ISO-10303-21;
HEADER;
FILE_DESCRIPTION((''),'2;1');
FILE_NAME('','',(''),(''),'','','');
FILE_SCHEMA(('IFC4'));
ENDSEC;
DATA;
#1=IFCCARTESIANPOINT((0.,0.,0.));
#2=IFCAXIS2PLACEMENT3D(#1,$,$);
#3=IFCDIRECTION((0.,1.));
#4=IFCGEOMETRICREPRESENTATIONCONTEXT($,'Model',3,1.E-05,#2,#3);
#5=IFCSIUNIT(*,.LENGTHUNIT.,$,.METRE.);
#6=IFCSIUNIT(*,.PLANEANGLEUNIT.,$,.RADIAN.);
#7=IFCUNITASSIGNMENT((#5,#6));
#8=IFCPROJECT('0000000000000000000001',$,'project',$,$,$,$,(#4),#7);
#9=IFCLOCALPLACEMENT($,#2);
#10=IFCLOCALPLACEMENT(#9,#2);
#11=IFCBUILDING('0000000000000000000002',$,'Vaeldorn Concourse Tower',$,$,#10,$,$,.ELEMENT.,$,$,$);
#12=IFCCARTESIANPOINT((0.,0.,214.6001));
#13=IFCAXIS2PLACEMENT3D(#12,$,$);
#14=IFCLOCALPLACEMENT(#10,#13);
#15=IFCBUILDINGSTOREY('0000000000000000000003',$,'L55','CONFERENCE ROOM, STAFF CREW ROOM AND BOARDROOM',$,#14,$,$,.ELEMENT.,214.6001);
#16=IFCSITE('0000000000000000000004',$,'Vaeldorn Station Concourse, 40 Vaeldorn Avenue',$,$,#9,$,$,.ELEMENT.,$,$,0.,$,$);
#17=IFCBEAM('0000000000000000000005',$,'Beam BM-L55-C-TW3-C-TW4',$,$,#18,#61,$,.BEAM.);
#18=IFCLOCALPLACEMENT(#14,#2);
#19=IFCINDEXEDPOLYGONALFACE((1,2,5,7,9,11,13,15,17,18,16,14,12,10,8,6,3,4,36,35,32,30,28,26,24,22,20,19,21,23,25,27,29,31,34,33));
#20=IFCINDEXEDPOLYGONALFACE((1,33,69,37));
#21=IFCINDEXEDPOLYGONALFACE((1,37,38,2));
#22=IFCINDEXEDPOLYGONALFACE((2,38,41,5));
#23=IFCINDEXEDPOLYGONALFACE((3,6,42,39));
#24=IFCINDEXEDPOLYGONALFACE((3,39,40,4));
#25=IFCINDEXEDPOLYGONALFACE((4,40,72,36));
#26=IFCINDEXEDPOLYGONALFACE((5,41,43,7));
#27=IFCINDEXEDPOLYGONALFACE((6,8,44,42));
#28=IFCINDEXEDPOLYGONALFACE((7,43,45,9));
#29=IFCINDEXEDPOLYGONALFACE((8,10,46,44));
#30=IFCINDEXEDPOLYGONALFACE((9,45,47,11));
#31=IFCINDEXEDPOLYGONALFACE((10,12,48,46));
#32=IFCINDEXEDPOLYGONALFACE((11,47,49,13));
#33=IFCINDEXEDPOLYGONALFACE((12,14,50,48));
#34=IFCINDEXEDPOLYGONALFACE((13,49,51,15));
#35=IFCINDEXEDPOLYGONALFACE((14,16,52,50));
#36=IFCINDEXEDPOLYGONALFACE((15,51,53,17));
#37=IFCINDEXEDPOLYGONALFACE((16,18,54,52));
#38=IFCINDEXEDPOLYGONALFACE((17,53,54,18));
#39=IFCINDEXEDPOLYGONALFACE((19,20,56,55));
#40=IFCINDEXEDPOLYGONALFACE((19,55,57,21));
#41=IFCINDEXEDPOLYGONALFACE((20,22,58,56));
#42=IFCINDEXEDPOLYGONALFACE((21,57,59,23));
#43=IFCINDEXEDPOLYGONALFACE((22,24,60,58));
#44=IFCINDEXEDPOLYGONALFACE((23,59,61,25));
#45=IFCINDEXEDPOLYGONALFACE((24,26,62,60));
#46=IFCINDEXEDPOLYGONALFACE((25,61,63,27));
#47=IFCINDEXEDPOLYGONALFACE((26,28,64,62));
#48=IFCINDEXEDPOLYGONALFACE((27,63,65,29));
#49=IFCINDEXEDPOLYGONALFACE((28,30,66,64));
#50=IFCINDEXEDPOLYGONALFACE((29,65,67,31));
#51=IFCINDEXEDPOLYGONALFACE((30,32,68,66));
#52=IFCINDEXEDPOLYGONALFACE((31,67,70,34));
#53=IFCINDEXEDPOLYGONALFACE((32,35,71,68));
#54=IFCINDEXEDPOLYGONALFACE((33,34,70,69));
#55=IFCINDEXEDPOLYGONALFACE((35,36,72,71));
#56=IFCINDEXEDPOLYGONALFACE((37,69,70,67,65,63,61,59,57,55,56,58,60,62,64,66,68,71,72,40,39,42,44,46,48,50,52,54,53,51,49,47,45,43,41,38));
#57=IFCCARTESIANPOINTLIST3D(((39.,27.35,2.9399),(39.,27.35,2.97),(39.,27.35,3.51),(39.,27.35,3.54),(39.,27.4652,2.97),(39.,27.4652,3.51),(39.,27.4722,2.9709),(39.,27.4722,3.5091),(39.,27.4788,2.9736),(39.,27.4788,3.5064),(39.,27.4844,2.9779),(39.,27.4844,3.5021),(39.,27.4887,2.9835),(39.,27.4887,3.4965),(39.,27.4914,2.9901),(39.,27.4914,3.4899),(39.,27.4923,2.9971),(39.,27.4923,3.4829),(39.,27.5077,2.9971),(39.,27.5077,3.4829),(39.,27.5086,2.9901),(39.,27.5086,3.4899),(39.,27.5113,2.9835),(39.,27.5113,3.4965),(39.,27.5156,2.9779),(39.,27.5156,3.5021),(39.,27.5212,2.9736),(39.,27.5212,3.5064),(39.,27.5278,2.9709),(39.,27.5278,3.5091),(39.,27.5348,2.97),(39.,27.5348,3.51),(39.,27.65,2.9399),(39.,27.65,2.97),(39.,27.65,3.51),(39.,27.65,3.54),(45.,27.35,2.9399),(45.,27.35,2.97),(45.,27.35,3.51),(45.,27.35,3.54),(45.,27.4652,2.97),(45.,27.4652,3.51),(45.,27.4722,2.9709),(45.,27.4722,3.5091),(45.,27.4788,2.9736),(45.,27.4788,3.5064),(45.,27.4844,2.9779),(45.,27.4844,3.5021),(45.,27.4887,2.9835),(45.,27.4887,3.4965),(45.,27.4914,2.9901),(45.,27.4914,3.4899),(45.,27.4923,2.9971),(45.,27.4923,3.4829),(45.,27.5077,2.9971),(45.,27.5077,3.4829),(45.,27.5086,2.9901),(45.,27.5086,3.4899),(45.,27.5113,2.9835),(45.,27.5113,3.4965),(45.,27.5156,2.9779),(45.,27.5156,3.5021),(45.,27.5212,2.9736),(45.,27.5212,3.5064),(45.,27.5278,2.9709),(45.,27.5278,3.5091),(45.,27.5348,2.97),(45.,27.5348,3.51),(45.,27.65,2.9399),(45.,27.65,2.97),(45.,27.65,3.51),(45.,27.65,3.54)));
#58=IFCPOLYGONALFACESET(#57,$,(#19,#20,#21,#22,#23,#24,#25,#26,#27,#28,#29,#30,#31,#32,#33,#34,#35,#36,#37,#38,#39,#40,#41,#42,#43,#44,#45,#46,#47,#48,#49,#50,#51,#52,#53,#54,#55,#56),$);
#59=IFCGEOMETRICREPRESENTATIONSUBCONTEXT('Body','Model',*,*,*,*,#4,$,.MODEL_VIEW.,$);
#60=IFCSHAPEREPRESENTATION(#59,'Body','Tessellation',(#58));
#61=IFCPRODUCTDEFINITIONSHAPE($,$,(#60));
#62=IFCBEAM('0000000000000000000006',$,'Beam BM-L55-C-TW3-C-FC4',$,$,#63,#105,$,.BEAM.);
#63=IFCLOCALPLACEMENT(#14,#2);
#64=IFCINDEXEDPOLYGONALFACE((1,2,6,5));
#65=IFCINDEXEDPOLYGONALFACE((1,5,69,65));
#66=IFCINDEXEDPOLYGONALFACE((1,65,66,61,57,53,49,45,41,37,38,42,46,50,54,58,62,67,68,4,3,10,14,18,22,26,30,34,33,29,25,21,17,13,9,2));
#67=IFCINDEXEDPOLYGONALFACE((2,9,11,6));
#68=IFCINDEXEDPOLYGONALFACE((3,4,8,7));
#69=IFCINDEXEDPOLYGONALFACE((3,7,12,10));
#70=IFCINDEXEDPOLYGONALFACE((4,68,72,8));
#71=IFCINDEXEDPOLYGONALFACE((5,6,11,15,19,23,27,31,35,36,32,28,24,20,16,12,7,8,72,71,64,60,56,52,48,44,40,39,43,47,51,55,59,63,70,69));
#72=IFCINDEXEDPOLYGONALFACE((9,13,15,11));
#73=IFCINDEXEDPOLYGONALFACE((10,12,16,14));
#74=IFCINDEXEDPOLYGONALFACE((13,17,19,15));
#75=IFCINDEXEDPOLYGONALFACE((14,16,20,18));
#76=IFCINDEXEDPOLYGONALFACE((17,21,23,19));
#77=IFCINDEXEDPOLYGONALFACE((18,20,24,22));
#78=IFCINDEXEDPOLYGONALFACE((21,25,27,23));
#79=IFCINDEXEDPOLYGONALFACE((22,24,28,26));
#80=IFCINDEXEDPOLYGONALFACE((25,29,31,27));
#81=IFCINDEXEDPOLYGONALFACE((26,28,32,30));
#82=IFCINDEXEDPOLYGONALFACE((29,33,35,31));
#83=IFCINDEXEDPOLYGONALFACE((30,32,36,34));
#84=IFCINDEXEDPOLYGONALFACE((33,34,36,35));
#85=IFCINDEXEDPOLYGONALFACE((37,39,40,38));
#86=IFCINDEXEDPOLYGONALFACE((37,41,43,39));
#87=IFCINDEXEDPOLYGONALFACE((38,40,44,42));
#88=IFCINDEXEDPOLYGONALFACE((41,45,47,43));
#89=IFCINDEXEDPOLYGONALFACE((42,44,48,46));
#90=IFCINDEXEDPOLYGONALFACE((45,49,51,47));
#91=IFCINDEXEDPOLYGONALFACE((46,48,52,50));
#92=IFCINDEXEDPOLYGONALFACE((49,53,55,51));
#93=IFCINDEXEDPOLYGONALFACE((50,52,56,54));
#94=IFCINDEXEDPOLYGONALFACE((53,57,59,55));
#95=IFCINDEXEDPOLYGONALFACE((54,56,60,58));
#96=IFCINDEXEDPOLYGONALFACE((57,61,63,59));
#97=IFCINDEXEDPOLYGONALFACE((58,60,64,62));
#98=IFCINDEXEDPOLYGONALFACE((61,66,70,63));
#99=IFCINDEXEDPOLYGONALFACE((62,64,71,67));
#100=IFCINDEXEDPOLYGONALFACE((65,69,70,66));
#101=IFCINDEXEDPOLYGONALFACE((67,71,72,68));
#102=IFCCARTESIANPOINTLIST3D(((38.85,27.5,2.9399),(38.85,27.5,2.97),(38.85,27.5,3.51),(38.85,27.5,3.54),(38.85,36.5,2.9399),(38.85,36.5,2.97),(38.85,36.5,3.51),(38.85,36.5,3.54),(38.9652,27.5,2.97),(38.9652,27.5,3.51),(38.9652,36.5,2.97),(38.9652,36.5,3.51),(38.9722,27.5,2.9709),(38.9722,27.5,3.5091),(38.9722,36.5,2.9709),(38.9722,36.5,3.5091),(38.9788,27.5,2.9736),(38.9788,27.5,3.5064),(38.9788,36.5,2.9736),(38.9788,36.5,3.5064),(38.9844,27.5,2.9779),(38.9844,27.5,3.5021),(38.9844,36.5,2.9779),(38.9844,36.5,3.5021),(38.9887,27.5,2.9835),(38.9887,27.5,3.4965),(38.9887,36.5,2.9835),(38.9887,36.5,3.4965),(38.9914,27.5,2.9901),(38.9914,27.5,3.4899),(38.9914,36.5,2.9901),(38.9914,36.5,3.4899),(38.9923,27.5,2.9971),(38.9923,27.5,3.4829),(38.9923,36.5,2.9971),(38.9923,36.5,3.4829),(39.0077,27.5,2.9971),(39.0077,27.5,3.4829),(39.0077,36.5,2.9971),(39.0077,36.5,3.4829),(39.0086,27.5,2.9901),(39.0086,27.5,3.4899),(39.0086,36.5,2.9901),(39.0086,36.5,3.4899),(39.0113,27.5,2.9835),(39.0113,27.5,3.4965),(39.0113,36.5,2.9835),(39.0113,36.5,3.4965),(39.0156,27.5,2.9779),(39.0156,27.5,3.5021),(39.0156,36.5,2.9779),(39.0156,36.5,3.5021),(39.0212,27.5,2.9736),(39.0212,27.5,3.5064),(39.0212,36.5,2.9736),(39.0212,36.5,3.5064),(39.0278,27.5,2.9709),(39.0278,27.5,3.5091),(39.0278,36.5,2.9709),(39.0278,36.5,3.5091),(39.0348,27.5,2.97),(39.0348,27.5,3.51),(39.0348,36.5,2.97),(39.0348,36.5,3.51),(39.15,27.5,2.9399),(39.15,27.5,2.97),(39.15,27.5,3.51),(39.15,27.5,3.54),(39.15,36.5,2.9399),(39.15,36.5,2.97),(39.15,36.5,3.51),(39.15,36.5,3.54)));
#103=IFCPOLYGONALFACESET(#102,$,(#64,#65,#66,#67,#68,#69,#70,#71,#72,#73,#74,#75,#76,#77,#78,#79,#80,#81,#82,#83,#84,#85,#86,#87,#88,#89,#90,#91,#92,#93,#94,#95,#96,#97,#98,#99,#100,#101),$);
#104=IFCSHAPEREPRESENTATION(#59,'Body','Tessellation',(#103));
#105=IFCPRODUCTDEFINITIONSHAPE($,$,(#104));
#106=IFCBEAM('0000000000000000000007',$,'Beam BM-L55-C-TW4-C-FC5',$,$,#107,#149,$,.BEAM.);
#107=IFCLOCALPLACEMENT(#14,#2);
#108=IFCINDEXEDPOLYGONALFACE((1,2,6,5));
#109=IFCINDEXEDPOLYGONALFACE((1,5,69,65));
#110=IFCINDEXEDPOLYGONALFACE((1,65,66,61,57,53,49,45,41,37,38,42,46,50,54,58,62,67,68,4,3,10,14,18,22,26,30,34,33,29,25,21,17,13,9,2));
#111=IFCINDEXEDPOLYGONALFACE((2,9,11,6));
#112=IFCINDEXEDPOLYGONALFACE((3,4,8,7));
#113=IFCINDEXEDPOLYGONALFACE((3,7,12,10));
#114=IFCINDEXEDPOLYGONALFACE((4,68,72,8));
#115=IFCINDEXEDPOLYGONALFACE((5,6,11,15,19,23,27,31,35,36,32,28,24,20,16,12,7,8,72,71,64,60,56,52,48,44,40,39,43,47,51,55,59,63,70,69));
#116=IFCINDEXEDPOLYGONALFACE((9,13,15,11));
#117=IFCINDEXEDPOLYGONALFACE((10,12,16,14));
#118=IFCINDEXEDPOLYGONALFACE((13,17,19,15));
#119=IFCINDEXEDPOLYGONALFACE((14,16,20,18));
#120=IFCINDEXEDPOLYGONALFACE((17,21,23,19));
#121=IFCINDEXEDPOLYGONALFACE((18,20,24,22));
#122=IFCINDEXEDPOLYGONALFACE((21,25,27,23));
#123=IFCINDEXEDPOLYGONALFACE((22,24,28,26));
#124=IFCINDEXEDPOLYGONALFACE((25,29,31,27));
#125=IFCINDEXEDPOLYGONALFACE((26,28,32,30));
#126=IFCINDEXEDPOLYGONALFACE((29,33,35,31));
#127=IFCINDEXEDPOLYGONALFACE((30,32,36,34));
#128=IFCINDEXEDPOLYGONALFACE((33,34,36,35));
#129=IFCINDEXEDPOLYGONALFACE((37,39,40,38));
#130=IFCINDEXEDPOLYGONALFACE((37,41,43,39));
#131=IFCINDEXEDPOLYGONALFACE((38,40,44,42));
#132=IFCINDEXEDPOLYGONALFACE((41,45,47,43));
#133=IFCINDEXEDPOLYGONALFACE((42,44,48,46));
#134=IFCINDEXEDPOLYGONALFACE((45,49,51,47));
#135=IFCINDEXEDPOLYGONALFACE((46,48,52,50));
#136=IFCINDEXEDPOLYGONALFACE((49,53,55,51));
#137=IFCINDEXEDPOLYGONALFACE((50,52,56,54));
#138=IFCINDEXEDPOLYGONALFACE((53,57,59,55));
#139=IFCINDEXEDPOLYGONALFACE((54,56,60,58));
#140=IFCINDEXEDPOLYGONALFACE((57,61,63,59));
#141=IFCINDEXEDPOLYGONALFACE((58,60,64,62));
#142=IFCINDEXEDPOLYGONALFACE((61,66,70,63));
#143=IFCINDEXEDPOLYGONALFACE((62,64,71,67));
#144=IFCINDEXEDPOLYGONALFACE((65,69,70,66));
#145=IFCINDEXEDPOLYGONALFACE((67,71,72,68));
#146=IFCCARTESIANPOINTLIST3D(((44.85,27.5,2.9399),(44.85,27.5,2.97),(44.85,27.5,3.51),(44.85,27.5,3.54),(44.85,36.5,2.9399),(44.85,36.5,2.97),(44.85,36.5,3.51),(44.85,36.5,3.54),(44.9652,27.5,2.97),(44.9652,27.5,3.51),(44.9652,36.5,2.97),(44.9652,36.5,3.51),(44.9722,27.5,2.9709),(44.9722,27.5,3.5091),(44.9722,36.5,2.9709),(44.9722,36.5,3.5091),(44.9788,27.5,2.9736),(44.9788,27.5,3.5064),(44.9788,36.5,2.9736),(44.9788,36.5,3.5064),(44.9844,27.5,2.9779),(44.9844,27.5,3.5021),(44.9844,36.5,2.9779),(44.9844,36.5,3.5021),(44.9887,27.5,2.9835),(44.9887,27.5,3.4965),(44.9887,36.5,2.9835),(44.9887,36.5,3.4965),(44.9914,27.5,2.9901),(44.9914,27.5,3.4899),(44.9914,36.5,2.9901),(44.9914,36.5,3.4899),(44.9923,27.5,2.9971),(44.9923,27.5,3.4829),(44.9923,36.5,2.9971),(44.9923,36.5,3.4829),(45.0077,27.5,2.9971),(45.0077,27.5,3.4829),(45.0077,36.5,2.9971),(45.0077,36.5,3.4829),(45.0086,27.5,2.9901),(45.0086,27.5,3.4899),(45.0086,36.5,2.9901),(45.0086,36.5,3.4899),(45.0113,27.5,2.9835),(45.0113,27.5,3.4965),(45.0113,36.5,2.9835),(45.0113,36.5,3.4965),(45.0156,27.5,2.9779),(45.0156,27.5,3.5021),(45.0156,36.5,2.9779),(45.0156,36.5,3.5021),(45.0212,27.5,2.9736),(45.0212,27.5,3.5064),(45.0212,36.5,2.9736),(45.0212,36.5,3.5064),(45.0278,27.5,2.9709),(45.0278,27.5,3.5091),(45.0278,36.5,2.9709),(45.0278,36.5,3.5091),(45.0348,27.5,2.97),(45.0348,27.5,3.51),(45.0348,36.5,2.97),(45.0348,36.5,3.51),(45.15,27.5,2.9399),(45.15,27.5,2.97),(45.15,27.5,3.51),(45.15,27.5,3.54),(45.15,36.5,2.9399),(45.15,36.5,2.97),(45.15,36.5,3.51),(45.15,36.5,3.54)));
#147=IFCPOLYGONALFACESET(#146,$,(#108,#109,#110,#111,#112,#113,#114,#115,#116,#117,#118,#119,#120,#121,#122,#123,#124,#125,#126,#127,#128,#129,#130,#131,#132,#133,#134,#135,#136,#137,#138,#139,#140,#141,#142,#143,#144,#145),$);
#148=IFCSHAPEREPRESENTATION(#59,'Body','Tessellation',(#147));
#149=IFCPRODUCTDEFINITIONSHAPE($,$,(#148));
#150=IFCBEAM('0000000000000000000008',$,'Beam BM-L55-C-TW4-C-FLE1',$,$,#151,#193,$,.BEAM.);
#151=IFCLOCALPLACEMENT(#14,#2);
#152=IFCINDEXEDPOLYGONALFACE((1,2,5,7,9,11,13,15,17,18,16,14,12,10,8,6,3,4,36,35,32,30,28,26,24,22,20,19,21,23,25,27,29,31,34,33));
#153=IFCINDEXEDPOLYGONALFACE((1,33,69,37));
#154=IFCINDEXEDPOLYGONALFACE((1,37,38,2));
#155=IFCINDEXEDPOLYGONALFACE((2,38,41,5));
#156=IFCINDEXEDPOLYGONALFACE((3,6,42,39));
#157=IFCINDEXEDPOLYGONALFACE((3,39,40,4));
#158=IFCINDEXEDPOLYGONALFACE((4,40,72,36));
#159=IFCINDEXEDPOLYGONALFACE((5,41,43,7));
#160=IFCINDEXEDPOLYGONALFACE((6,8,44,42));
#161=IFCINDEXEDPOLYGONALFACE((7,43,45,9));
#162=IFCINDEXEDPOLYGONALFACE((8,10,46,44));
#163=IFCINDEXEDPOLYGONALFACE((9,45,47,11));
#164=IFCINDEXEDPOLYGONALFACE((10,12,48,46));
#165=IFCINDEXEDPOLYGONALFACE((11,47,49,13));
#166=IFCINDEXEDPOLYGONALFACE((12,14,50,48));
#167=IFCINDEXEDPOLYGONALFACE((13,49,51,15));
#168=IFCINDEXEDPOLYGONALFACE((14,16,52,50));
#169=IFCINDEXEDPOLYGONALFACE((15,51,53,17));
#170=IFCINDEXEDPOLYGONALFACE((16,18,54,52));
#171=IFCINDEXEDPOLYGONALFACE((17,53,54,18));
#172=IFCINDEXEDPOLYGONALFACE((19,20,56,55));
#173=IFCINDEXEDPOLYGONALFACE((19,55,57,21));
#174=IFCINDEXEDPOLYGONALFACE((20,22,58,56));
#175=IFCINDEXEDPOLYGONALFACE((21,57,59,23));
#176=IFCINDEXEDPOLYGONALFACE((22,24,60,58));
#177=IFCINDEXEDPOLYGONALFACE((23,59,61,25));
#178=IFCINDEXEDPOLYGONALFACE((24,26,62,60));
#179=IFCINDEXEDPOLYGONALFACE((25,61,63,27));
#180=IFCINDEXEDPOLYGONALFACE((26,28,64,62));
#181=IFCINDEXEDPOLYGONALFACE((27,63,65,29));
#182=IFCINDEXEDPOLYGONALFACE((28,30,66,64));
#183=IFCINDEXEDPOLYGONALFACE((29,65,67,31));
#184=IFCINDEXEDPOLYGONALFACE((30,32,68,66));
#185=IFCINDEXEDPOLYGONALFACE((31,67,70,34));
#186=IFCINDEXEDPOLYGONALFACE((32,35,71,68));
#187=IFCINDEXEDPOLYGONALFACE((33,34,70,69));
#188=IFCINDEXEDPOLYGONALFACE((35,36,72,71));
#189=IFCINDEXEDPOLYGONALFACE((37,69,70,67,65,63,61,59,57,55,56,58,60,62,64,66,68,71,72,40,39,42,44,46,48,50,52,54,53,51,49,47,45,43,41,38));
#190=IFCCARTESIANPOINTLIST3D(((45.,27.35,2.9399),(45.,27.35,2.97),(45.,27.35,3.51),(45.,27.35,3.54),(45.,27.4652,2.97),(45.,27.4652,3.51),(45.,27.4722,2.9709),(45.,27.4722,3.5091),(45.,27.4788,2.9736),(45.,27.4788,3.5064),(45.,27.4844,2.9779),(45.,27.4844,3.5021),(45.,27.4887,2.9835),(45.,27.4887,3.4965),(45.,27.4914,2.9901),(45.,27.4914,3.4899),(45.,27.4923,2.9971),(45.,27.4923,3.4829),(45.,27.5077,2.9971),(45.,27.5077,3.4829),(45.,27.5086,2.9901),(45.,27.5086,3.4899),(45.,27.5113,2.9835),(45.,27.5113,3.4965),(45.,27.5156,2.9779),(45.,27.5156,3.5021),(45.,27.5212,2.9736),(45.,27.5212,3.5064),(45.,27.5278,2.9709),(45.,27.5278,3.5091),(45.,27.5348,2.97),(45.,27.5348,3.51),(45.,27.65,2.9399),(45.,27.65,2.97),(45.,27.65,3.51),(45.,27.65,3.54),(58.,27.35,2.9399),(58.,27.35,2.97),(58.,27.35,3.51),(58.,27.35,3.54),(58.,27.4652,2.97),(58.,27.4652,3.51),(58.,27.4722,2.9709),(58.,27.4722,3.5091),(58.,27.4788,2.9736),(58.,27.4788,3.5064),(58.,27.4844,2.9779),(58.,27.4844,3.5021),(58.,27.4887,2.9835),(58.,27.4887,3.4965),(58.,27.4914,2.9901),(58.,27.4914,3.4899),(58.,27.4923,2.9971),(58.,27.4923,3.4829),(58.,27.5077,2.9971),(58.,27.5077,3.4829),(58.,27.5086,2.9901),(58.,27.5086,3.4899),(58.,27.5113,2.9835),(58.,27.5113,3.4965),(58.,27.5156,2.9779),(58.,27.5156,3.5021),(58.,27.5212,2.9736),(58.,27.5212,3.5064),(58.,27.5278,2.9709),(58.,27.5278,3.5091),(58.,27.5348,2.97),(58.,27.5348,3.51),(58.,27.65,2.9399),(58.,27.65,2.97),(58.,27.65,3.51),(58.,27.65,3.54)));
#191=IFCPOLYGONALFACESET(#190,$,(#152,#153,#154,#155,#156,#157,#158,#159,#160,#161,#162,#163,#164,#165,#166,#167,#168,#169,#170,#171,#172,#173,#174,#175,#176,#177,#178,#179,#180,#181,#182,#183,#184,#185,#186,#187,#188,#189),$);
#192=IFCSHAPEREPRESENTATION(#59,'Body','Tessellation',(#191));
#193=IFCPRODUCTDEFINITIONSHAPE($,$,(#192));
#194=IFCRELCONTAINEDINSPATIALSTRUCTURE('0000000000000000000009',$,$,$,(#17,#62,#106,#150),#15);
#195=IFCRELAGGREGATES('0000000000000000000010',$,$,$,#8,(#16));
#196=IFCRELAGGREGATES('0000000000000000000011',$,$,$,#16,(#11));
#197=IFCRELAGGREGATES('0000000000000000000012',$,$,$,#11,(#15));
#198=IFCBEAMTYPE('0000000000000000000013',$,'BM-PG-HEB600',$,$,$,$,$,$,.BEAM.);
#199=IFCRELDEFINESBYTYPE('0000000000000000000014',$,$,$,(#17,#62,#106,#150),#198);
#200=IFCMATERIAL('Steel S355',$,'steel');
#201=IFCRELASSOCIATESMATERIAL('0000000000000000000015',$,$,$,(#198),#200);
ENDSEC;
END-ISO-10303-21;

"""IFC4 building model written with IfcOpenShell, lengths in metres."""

from ifc_helpers import new_model, si_unit, direction, frame, origin, origin_2d, place, context, subcontext, project, spatial, i_section, extrude, source, transform, mapped, material, material_profile, profile_set, type_object, element, save


model = new_model("IFC4")

# Units and contexts
model_context = context("Model", 3, precision=1e-05, world=origin(), true_north=direction((0.0, 1.0)))
body_context = subcontext(model_context, "Body", "Model", "MODEL_VIEW")
ifc_project = project(units=[si_unit("LENGTHUNIT", "METRE"), si_unit("PLANEANGLEUNIT", "RADIAN")], contexts=[model_context])

# Site, building, storey
site_placement = place(None, origin())
site = spatial("IfcSite", under=ifc_project, at=site_placement, Name="Vaeldorn Station Concourse, 40 Vaeldorn Avenue", CompositionType="ELEMENT", RefElevation=0.0)
building_placement = place(site_placement, origin())
building = spatial("IfcBuilding", under=site, at=building_placement, Name="Vaeldorn Concourse Tower", CompositionType="ELEMENT")
storey_placement = place(building_placement, frame((0.0, 0.0, 214.6001)))
storey = spatial("IfcBuildingStorey", under=building, at=storey_placement, Name="L55", Description="CONFERENCE ROOM, STAFF CREW ROOM AND BOARDROOM", CompositionType="ELEMENT", Elevation=214.6001)

# Shared definitions
ifc_material_1 = material(Name="Steel S355", Category="steel")

# Beams
ifc_material_profile_1 = material_profile(ifc_material_1, i_section(OverallWidth=0.3, OverallDepth=0.6001, WebThickness=0.0154, FlangeThickness=0.03, FilletRadius=0.0271, at=origin_2d()), Name="HEB 600")
ifc_profile_set_1 = profile_set([ifc_material_profile_1], Name="Steel S355")
beam_type_1 = type_object("IfcBeamType", Name="BM-PG-HEB600", PredefinedType="BEAM", material=ifc_profile_set_1)
shared_shape_1 = source(origin(), body_context, "Body", "SweptSolid", [
    extrude(i_section(OverallWidth=0.3, OverallDepth=0.6001, WebThickness=0.0154, FlangeThickness=0.03, FilletRadius=0.0271, at=origin_2d()), origin(), (0.0, 0.0, 1.0), 6.0),
])
beam_1_placement = place(storey_placement, frame((39.0, 27.5, 3.24), z_axis=(1.0, 0.0, 0.0), x_axis=(0.0, 1.0, 0.0)))
element("IfcBeam", 1, at=beam_1_placement, inside=storey, type_object=beam_type_1, Name="Beam BM-L55-C-TW3-C-TW4", PredefinedType="BEAM", context=body_context, shape_type="MappedRepresentation", body=[
    mapped(shared_shape_1, transform((0.0, 0.0, 0.0), scale=1.0)),
])
shared_shape_2 = source(origin(), body_context, "Body", "SweptSolid", [
    extrude(i_section(OverallWidth=0.3, OverallDepth=0.6001, WebThickness=0.0154, FlangeThickness=0.03, FilletRadius=0.0271, at=origin_2d()), origin(), (0.0, 0.0, 1.0), 9.0),
])
for number, where, z_axis, x_axis, name in (
    (2, (39.0, 27.5, 3.24), (0.0, 1.0, 0.0), (-1.0, 0.0, 0.0), "Beam BM-L55-C-TW3-C-FC4"),
    (3, (45.0, 27.5, 3.24), (0.0, 1.0, 0.0), (-1.0, 0.0, 0.0), "Beam BM-L55-C-TW4-C-FC5"),
):
    element("IfcBeam", number, at=place(storey_placement, frame(where, z_axis=z_axis, x_axis=x_axis)), inside=storey, type_object=beam_type_1, Name=name, PredefinedType="BEAM", context=body_context, shape_type="MappedRepresentation", body=[
        mapped(shared_shape_2, transform((0.0, 0.0, 0.0), scale=1.0)),
    ])
shared_shape_3 = source(origin(), body_context, "Body", "SweptSolid", [
    extrude(i_section(OverallWidth=0.3, OverallDepth=0.6001, WebThickness=0.0154, FlangeThickness=0.03, FilletRadius=0.0271, at=origin_2d()), origin(), (0.0, 0.0, 1.0), 13.0),
])
beam_2_placement = place(storey_placement, frame((45.0, 27.5, 3.24), z_axis=(1.0, 0.0, 0.0), x_axis=(0.0, 1.0, 0.0)))
element("IfcBeam", 4, at=beam_2_placement, inside=storey, type_object=beam_type_1, Name="Beam BM-L55-C-TW4-C-FLE1", PredefinedType="BEAM", context=body_context, shape_type="MappedRepresentation", body=[
    mapped(shared_shape_3, transform((0.0, 0.0, 0.0), scale=1.0)),
])

save(model, "model.ifc")
